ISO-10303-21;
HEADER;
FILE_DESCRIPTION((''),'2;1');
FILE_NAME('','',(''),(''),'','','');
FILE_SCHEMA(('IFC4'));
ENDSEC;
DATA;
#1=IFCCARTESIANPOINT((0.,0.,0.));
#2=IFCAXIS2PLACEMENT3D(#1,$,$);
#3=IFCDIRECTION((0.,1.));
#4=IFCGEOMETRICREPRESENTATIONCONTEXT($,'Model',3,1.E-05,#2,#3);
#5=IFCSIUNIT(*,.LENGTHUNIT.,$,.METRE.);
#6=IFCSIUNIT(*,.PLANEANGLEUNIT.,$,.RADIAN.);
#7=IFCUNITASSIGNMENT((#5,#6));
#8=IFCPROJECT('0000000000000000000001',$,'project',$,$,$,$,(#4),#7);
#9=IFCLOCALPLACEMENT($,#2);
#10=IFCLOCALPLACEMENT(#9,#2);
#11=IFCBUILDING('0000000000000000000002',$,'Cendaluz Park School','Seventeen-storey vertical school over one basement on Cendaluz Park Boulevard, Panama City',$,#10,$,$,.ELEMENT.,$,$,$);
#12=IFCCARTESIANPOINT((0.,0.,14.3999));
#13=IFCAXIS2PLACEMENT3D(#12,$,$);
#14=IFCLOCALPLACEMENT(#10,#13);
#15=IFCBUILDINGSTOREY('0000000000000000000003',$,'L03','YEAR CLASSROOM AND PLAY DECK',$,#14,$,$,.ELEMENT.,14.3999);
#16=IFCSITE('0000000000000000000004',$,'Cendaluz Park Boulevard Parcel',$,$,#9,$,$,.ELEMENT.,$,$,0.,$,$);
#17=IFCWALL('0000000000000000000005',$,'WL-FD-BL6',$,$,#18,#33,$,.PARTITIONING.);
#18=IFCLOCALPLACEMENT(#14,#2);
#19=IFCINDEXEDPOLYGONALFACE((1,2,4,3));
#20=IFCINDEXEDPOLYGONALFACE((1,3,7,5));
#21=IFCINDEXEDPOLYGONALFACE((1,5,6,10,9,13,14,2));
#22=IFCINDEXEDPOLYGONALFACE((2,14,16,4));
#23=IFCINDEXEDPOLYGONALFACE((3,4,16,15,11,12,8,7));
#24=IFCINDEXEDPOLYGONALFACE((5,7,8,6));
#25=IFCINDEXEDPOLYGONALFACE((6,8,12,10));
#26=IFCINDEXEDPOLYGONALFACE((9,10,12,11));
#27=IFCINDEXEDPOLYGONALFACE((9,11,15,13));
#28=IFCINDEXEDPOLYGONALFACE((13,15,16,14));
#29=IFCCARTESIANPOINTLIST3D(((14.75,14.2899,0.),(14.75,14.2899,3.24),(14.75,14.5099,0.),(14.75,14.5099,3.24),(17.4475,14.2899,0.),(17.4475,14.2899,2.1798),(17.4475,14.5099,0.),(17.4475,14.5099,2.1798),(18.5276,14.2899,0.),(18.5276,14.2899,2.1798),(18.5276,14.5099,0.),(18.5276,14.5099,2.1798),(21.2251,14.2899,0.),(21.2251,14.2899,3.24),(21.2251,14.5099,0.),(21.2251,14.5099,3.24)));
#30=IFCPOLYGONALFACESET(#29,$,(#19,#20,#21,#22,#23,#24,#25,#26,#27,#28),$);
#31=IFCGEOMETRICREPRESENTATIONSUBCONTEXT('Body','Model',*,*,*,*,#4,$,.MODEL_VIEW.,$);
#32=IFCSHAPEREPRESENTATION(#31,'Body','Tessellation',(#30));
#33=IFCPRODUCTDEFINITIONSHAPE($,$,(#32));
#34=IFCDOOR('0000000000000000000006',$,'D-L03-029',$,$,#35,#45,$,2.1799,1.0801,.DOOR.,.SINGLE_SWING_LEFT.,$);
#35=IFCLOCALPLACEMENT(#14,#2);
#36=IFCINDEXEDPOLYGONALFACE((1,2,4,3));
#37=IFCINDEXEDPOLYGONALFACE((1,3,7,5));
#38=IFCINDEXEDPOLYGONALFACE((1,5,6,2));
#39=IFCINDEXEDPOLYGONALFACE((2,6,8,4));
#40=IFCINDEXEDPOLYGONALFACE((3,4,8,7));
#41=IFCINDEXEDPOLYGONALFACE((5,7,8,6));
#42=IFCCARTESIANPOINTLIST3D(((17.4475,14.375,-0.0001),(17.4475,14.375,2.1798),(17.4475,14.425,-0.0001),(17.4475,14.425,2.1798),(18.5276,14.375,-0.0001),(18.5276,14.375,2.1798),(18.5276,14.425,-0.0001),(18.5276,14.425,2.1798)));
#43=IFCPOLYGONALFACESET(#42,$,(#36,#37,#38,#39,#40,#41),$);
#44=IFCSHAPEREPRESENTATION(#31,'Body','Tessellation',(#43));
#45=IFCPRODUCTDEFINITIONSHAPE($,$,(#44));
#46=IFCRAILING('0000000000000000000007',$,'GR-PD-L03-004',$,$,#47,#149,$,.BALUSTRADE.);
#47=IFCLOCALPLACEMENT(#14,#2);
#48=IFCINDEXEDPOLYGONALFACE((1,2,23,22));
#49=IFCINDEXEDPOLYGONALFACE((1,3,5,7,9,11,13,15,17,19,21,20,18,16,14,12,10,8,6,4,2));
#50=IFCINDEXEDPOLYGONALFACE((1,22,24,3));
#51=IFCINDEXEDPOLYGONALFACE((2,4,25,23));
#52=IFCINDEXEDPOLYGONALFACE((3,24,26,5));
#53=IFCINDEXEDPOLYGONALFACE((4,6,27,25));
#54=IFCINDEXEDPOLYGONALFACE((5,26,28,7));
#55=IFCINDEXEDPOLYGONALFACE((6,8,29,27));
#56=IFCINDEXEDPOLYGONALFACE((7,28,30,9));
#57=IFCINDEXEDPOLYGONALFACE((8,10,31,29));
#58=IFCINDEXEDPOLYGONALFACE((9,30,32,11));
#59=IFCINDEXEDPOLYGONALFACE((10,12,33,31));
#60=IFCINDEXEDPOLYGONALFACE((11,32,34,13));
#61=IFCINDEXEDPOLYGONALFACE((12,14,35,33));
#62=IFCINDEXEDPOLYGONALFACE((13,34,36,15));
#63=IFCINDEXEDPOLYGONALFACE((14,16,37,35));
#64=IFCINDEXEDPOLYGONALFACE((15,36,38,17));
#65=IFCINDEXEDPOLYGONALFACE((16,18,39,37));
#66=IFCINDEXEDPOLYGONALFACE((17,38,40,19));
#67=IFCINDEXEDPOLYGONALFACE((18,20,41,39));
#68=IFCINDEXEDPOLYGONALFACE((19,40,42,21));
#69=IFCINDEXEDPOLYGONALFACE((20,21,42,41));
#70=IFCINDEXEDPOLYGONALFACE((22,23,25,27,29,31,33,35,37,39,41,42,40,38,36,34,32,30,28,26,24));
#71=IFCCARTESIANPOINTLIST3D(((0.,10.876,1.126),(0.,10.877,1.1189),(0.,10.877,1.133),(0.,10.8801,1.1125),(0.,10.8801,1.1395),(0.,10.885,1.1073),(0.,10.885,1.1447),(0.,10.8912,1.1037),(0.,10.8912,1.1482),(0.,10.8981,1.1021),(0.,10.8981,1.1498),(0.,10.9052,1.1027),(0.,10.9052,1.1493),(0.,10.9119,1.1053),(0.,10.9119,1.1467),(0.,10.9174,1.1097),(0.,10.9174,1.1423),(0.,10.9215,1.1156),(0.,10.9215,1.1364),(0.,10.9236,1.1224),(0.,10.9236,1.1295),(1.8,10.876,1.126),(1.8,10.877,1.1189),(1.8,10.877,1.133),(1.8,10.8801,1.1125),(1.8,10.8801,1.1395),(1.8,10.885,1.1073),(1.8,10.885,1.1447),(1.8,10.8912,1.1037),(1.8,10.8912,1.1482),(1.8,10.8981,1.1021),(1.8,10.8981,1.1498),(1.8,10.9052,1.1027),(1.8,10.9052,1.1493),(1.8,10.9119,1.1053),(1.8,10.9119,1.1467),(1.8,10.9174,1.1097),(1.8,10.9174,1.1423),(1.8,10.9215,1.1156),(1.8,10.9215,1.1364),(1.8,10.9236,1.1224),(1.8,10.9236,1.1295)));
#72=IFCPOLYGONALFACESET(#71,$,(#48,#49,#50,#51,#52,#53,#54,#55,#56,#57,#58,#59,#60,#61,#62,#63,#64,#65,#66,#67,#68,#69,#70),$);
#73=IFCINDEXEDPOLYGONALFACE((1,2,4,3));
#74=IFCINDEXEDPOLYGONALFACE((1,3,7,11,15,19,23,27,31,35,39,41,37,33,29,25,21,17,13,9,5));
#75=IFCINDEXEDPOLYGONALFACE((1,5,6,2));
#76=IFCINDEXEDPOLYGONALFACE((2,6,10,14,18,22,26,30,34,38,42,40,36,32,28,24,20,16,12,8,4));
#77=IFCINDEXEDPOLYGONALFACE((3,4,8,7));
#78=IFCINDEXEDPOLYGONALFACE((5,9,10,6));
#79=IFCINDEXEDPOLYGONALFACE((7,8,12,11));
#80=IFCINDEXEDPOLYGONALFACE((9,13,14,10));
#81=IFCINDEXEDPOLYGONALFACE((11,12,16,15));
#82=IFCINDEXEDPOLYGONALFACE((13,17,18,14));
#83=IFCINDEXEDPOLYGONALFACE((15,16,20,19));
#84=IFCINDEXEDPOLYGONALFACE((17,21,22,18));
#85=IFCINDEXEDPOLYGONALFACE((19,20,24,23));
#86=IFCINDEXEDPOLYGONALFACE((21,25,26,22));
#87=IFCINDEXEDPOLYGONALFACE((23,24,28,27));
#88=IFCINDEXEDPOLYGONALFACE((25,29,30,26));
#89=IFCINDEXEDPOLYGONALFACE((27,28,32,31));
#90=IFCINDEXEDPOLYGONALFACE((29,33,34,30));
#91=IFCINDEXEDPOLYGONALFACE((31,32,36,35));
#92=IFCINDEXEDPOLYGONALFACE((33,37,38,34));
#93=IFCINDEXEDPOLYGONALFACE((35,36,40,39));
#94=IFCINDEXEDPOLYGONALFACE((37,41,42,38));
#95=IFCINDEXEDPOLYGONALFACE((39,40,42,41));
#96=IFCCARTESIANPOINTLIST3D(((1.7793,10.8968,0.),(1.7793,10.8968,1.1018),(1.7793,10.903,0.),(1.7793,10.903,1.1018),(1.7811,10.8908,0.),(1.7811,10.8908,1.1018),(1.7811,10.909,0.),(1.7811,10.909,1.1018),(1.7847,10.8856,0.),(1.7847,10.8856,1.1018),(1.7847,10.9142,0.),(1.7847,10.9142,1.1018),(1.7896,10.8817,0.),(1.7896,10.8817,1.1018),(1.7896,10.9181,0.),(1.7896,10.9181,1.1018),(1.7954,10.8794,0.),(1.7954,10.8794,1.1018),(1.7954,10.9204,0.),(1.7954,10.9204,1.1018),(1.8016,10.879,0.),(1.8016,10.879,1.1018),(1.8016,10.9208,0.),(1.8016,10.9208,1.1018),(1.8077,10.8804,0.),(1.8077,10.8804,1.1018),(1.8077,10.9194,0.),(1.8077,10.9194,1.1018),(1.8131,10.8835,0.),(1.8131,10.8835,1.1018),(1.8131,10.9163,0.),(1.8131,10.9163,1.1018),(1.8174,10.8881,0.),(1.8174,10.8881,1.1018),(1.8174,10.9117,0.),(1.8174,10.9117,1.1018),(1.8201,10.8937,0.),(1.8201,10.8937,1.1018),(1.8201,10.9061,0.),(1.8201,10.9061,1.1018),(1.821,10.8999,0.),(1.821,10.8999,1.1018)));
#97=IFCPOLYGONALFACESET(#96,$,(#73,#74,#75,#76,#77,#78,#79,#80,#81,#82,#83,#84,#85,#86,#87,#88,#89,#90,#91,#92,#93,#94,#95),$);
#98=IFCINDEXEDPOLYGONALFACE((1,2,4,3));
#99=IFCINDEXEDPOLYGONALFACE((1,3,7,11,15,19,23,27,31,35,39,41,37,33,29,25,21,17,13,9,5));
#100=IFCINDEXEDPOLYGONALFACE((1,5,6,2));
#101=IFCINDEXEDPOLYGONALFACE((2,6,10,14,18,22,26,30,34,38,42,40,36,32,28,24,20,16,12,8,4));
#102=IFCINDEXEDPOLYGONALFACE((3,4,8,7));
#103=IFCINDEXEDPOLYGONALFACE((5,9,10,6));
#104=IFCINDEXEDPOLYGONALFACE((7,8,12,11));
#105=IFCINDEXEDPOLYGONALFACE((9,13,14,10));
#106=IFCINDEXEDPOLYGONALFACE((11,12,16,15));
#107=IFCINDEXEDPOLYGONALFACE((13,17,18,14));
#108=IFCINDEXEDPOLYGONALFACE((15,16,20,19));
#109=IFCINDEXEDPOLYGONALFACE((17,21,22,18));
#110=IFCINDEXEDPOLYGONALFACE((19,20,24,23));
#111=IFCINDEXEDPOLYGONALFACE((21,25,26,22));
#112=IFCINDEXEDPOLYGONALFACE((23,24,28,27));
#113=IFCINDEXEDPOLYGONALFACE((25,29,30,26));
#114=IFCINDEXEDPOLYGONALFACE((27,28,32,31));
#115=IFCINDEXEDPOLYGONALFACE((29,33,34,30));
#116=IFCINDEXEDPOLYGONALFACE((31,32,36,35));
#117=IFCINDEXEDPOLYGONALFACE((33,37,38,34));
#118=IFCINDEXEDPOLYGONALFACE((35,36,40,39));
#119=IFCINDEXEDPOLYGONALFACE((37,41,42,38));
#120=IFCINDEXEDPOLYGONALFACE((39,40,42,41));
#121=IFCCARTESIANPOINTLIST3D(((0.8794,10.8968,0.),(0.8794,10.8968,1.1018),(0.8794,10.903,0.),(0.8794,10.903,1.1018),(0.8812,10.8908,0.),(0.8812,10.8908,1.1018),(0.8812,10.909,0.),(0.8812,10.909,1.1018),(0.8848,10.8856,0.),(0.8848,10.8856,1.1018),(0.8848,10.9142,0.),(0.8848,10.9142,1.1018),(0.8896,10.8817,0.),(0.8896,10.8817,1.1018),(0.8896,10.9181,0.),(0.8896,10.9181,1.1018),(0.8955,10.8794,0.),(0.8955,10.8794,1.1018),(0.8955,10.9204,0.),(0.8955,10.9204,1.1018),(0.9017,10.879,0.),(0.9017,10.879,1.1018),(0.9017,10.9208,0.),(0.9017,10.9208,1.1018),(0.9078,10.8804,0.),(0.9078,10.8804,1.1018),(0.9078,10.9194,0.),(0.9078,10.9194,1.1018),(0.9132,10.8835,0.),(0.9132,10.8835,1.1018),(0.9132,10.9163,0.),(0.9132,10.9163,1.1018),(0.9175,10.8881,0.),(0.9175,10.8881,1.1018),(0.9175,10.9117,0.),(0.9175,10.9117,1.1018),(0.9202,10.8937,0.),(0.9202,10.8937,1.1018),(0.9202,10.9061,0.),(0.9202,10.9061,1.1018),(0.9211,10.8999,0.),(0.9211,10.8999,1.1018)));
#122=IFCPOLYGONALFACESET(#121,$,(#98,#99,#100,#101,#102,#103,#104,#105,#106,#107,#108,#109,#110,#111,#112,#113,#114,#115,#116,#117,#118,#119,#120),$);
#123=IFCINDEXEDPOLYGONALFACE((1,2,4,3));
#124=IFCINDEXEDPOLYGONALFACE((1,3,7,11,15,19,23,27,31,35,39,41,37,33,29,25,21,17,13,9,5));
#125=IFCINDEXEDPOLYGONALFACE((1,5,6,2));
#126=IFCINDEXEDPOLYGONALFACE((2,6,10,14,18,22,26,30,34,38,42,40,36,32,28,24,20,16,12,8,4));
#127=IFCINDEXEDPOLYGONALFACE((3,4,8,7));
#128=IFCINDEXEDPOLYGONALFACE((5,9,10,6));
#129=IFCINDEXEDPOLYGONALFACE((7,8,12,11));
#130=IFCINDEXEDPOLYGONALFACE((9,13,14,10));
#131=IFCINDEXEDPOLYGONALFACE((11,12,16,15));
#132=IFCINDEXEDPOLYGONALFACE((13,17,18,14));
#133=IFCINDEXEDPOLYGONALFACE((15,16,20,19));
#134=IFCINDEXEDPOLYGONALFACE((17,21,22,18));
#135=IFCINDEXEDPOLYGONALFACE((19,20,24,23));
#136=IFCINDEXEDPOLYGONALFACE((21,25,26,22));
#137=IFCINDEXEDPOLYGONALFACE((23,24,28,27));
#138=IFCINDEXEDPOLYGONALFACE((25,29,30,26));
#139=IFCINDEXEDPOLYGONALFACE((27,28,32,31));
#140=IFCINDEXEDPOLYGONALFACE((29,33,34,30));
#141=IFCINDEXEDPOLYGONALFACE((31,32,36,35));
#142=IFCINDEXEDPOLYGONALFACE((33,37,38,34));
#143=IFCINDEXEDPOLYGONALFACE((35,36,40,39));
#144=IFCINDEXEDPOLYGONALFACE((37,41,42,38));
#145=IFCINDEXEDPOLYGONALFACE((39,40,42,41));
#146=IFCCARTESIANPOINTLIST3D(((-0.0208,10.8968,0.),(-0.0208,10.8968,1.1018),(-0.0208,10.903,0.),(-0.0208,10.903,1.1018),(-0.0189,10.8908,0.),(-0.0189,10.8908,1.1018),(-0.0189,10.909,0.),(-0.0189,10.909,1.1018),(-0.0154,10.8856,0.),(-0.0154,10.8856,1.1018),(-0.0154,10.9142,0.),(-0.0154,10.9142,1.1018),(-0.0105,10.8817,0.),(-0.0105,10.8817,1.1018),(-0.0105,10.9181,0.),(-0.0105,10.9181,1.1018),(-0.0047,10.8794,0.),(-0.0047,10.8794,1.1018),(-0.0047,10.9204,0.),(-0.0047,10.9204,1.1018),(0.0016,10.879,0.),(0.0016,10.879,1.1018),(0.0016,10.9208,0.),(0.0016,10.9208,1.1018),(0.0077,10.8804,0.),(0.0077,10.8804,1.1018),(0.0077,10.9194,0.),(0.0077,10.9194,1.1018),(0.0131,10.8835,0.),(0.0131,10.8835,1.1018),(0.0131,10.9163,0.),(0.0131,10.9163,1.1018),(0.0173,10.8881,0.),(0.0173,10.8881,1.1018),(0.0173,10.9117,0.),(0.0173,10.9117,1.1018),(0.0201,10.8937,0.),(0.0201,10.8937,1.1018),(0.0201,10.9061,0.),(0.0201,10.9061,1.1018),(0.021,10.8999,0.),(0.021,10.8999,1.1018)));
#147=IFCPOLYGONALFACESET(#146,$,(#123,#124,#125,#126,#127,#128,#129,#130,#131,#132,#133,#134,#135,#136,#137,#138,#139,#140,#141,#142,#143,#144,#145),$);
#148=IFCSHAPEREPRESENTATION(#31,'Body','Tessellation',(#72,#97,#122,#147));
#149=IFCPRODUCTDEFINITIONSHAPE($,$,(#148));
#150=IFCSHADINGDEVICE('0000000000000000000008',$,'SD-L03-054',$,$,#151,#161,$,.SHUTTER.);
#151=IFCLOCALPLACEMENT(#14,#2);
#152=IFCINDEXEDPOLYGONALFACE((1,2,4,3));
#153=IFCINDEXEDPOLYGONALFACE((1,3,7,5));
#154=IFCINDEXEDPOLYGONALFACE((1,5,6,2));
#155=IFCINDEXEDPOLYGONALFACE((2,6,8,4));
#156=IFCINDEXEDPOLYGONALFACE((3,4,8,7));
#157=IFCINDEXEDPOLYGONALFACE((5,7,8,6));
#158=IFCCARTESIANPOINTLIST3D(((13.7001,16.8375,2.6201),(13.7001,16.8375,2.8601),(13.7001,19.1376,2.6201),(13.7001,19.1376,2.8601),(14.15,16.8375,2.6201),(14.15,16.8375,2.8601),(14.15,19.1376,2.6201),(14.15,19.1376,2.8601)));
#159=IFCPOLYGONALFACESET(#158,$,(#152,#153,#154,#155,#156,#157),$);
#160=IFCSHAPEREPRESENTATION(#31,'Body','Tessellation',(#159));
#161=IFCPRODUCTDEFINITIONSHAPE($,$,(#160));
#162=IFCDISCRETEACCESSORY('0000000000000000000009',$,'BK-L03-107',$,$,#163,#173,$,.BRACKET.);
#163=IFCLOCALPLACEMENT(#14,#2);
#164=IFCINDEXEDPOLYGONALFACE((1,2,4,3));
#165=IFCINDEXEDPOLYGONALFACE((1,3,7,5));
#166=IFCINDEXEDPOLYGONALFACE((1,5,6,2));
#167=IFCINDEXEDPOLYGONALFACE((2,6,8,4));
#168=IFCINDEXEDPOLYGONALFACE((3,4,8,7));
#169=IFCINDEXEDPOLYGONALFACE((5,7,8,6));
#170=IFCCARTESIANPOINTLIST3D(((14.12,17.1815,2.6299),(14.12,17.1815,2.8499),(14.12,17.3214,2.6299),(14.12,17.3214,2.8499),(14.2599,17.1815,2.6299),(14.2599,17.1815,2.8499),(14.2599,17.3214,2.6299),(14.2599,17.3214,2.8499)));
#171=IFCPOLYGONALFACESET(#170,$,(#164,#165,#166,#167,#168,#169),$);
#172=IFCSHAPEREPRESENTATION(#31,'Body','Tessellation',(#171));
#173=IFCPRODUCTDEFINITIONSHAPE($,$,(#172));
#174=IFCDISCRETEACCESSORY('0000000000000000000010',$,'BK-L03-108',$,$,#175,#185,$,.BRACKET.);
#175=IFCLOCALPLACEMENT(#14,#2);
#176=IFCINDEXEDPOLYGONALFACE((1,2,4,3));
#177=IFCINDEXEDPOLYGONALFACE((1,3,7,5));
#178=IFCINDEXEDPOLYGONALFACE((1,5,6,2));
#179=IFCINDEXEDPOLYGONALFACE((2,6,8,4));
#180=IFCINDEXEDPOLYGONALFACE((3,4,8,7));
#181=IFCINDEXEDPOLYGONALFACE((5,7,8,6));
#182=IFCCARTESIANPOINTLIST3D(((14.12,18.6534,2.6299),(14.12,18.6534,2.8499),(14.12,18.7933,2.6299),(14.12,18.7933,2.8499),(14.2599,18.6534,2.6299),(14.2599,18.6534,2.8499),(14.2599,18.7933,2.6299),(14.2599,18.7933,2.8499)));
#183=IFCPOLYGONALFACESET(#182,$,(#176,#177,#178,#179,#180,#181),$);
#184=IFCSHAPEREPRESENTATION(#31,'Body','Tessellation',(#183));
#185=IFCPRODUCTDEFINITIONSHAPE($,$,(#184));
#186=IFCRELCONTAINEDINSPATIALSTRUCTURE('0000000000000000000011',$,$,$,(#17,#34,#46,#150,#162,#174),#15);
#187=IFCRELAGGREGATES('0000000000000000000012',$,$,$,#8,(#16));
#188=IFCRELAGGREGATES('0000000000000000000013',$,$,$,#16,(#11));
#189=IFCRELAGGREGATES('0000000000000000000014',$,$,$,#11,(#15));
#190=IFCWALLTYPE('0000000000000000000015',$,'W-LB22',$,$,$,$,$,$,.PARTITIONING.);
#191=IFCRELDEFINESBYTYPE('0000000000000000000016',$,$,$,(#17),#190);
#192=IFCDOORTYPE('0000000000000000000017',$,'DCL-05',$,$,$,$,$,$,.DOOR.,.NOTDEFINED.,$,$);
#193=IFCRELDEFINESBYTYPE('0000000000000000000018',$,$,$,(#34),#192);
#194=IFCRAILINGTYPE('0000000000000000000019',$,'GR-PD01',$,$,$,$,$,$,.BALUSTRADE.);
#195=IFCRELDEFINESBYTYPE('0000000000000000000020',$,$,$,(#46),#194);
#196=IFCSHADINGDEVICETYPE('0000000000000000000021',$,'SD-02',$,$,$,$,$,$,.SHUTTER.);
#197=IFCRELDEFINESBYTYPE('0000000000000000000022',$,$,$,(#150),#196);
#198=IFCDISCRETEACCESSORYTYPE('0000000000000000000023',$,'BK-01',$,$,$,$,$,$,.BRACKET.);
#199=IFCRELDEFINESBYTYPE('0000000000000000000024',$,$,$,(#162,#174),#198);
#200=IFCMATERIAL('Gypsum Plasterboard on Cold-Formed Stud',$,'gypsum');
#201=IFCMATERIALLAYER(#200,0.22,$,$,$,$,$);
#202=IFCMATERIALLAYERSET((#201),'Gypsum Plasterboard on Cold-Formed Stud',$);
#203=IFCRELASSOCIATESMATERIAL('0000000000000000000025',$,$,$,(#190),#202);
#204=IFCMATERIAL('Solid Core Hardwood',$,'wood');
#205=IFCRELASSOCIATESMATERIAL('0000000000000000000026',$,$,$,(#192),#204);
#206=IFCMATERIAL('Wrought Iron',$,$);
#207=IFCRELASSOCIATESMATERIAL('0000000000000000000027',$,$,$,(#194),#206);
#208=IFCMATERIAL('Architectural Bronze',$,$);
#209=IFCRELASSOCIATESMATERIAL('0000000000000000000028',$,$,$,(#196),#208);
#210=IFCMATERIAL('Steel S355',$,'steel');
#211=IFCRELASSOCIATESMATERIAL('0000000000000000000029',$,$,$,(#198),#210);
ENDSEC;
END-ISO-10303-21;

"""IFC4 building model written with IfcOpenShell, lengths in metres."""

from ifc_helpers import new_model, si_unit, direction, frame, frame_2d, origin, origin_2d, place, context, subcontext, project, spatial, rectangle, circle, extrude, material, layer, layer_set, type_object, element, fill, save


model = new_model("IFC4")

# Units and contexts
model_context = context("Model", 3, precision=1e-05, world=origin(), true_north=direction((0.0, 1.0)))
body_context = subcontext(model_context, "Body", "Model", "MODEL_VIEW")
ifc_project = project(units=[si_unit("LENGTHUNIT", "METRE"), si_unit("PLANEANGLEUNIT", "RADIAN")], contexts=[model_context])

# Site, building, storey
site_placement = place(None, origin())
site = spatial("IfcSite", under=ifc_project, at=site_placement, Name="Cendaluz Park Boulevard Parcel", CompositionType="ELEMENT", RefElevation=0.0)
building_placement = place(site_placement, origin())
building = spatial("IfcBuilding", under=site, at=building_placement, Name="Cendaluz Park School", Description="Seventeen-storey vertical school over one basement on Cendaluz Park Boulevard, Panama City", CompositionType="ELEMENT")
storey_placement = place(building_placement, frame((0.0, 0.0, 14.3999)))
storey = spatial("IfcBuildingStorey", under=building, at=storey_placement, Name="L03", Description="YEAR CLASSROOM AND PLAY DECK", CompositionType="ELEMENT", Elevation=14.3999)

# Wall, opening, door
ifc_material_1 = material(Name="Gypsum Plasterboard on Cold-Formed Stud", Category="gypsum")
ifc_layer_1 = layer(ifc_material_1, 0.22)
ifc_layer_set_1 = layer_set([ifc_layer_1], Name="Gypsum Plasterboard on Cold-Formed Stud")
wall_type_1 = type_object("IfcWallType", Name="W-LB22", PredefinedType="PARTITIONING", material=ifc_layer_set_1)
wall_1_placement = place(storey_placement, frame((14.75, 14.3999, 0.0), z_axis=(0.0, 0.0, 1.0), x_axis=(1.0, 0.0, 0.0)))
wall_1 = element("IfcWall", 1, at=wall_1_placement, inside=storey, type_object=wall_type_1, Name="WL-FD-BL6", PredefinedType="PARTITIONING", context=body_context, shape_type="SweptSolid", body=[
    extrude(rectangle(XDim=6.4751, YDim=0.22, at=frame_2d((3.2375, 0.0))), origin(), (0.0, 0.0, 1.0), 3.24),
])
opening_1_placement = place(wall_1_placement, frame((2.6975, 0.0, 0.0)))
opening_1 = element("IfcOpeningElement", 2, at=opening_1_placement, cuts=wall_1, PredefinedType="OPENING", context=body_context, shape_type="SweptSolid", body=[
    extrude(rectangle(XDim=1.0801, YDim=2.1799, at=frame_2d((0.54, 1.0898))), frame((0.0, 0.1221, 0.0), z_axis=(0.0, -1.0, 0.0), x_axis=(1.0, 0.0, 0.0)), (0.0, 0.0, 1.0), 0.2439),
])
ifc_material_2 = material(Name="Solid Core Hardwood", Category="wood")
door_type = type_object("IfcDoorType", Name="DCL-05", OperationType="NOTDEFINED", PredefinedType="DOOR", material=ifc_material_2)
door_placement = place(opening_1_placement, frame((1.0801, 0.0, 0.0), z_axis=(0.0, 0.0, 1.0), x_axis=(-1.0, 0.0, 0.0)))
door = element("IfcDoor", 3, at=door_placement, inside=storey, type_object=door_type, Name="D-L03-029", OperationType="SINGLE_SWING_LEFT", OverallHeight=2.1799, OverallWidth=1.0801, PredefinedType="DOOR", context=body_context, shape_type="SweptSolid", body=[
    extrude(rectangle(XDim=1.0801, YDim=2.1799, at=frame_2d((0.54, 1.0898))), frame((0.0, 0.0249, 0.0), z_axis=(0.0, -1.0, 0.0), x_axis=(1.0, 0.0, 0.0)), (0.0, 0.0, 1.0), 0.05),
])
fill(opening_1, door)

# Railing
ifc_material_3 = material(Name="Wrought Iron")
railing_type = type_object("IfcRailingType", Name="GR-PD01", PredefinedType="BALUSTRADE", material=ifc_material_3)
railing_1_placement = place(storey_placement, frame((1.8, 10.8999, 0.0)))
element("IfcRailing", 4, at=railing_1_placement, inside=storey, type_object=railing_type, Name="GR-PD-L03-004", PredefinedType="BALUSTRADE", context=body_context, shape_type="SweptSolid", body=[
    extrude(circle(Radius=0.0239, at=origin_2d()), frame((0.0, 0.0, 1.126), z_axis=(-1.0, 0.0, 0.0), x_axis=(0.0, -1.0, 0.0)), (0.0, 0.0, 1.0), 1.8),
    extrude(circle(Radius=0.021, at=origin_2d()), origin(), (0.0, 0.0, 1.0), 1.1018),
    extrude(circle(Radius=0.021, at=origin_2d()), frame((-0.8999, 0.0, 0.0)), (0.0, 0.0, 1.0), 1.1018),
    extrude(circle(Radius=0.021, at=origin_2d()), frame((-1.8, 0.0, 0.0)), (0.0, 0.0, 1.0), 1.1018),
])

# Shading device
ifc_material_4 = material(Name="Architectural Bronze")
shading_device_type = type_object("IfcShadingDeviceType", Name="SD-02", PredefinedType="SHUTTER", material=ifc_material_4)
shading_device_placement = place(storey_placement, frame((13.925, 17.9875, 2.6201), z_axis=(0.0, 0.0, 1.0), x_axis=(0.0, 1.0, 0.0)))
element("IfcShadingDevice", 5, at=shading_device_placement, inside=storey, type_object=shading_device_type, Name="SD-L03-054", PredefinedType="SHUTTER", context=body_context, shape_type="SweptSolid", body=[
    extrude(rectangle(XDim=2.3, YDim=0.45, at=origin_2d()), origin(), (0.0, 0.0, 1.0), 0.24),
])

# Discrete accessories
ifc_material_5 = material(Name="Steel S355", Category="steel")
discrete_accessory_type = type_object("IfcDiscreteAccessoryType", Name="BK-01", PredefinedType="BRACKET", material=ifc_material_5)
for number, where, z_axis, x_axis, name in (
    (6, (14.1899, 17.2515, 2.6299), (0.0, 0.0, 1.0), (0.0, 1.0, 0.0), "BK-L03-107"),
    (7, (14.1899, 18.7234, 2.6299), (0.0, 0.0, 1.0), (0.0, 1.0, 0.0), "BK-L03-108"),
):
    element("IfcDiscreteAccessory", number, at=place(storey_placement, frame(where, z_axis=z_axis, x_axis=x_axis)), inside=storey, type_object=discrete_accessory_type, Name=name, PredefinedType="BRACKET", context=body_context, shape_type="SweptSolid", body=[
        extrude(rectangle(XDim=0.1399, YDim=0.1399, at=origin_2d()), origin(), (0.0, 0.0, 1.0), 0.22),
    ])

save(model, "model.ifc")
